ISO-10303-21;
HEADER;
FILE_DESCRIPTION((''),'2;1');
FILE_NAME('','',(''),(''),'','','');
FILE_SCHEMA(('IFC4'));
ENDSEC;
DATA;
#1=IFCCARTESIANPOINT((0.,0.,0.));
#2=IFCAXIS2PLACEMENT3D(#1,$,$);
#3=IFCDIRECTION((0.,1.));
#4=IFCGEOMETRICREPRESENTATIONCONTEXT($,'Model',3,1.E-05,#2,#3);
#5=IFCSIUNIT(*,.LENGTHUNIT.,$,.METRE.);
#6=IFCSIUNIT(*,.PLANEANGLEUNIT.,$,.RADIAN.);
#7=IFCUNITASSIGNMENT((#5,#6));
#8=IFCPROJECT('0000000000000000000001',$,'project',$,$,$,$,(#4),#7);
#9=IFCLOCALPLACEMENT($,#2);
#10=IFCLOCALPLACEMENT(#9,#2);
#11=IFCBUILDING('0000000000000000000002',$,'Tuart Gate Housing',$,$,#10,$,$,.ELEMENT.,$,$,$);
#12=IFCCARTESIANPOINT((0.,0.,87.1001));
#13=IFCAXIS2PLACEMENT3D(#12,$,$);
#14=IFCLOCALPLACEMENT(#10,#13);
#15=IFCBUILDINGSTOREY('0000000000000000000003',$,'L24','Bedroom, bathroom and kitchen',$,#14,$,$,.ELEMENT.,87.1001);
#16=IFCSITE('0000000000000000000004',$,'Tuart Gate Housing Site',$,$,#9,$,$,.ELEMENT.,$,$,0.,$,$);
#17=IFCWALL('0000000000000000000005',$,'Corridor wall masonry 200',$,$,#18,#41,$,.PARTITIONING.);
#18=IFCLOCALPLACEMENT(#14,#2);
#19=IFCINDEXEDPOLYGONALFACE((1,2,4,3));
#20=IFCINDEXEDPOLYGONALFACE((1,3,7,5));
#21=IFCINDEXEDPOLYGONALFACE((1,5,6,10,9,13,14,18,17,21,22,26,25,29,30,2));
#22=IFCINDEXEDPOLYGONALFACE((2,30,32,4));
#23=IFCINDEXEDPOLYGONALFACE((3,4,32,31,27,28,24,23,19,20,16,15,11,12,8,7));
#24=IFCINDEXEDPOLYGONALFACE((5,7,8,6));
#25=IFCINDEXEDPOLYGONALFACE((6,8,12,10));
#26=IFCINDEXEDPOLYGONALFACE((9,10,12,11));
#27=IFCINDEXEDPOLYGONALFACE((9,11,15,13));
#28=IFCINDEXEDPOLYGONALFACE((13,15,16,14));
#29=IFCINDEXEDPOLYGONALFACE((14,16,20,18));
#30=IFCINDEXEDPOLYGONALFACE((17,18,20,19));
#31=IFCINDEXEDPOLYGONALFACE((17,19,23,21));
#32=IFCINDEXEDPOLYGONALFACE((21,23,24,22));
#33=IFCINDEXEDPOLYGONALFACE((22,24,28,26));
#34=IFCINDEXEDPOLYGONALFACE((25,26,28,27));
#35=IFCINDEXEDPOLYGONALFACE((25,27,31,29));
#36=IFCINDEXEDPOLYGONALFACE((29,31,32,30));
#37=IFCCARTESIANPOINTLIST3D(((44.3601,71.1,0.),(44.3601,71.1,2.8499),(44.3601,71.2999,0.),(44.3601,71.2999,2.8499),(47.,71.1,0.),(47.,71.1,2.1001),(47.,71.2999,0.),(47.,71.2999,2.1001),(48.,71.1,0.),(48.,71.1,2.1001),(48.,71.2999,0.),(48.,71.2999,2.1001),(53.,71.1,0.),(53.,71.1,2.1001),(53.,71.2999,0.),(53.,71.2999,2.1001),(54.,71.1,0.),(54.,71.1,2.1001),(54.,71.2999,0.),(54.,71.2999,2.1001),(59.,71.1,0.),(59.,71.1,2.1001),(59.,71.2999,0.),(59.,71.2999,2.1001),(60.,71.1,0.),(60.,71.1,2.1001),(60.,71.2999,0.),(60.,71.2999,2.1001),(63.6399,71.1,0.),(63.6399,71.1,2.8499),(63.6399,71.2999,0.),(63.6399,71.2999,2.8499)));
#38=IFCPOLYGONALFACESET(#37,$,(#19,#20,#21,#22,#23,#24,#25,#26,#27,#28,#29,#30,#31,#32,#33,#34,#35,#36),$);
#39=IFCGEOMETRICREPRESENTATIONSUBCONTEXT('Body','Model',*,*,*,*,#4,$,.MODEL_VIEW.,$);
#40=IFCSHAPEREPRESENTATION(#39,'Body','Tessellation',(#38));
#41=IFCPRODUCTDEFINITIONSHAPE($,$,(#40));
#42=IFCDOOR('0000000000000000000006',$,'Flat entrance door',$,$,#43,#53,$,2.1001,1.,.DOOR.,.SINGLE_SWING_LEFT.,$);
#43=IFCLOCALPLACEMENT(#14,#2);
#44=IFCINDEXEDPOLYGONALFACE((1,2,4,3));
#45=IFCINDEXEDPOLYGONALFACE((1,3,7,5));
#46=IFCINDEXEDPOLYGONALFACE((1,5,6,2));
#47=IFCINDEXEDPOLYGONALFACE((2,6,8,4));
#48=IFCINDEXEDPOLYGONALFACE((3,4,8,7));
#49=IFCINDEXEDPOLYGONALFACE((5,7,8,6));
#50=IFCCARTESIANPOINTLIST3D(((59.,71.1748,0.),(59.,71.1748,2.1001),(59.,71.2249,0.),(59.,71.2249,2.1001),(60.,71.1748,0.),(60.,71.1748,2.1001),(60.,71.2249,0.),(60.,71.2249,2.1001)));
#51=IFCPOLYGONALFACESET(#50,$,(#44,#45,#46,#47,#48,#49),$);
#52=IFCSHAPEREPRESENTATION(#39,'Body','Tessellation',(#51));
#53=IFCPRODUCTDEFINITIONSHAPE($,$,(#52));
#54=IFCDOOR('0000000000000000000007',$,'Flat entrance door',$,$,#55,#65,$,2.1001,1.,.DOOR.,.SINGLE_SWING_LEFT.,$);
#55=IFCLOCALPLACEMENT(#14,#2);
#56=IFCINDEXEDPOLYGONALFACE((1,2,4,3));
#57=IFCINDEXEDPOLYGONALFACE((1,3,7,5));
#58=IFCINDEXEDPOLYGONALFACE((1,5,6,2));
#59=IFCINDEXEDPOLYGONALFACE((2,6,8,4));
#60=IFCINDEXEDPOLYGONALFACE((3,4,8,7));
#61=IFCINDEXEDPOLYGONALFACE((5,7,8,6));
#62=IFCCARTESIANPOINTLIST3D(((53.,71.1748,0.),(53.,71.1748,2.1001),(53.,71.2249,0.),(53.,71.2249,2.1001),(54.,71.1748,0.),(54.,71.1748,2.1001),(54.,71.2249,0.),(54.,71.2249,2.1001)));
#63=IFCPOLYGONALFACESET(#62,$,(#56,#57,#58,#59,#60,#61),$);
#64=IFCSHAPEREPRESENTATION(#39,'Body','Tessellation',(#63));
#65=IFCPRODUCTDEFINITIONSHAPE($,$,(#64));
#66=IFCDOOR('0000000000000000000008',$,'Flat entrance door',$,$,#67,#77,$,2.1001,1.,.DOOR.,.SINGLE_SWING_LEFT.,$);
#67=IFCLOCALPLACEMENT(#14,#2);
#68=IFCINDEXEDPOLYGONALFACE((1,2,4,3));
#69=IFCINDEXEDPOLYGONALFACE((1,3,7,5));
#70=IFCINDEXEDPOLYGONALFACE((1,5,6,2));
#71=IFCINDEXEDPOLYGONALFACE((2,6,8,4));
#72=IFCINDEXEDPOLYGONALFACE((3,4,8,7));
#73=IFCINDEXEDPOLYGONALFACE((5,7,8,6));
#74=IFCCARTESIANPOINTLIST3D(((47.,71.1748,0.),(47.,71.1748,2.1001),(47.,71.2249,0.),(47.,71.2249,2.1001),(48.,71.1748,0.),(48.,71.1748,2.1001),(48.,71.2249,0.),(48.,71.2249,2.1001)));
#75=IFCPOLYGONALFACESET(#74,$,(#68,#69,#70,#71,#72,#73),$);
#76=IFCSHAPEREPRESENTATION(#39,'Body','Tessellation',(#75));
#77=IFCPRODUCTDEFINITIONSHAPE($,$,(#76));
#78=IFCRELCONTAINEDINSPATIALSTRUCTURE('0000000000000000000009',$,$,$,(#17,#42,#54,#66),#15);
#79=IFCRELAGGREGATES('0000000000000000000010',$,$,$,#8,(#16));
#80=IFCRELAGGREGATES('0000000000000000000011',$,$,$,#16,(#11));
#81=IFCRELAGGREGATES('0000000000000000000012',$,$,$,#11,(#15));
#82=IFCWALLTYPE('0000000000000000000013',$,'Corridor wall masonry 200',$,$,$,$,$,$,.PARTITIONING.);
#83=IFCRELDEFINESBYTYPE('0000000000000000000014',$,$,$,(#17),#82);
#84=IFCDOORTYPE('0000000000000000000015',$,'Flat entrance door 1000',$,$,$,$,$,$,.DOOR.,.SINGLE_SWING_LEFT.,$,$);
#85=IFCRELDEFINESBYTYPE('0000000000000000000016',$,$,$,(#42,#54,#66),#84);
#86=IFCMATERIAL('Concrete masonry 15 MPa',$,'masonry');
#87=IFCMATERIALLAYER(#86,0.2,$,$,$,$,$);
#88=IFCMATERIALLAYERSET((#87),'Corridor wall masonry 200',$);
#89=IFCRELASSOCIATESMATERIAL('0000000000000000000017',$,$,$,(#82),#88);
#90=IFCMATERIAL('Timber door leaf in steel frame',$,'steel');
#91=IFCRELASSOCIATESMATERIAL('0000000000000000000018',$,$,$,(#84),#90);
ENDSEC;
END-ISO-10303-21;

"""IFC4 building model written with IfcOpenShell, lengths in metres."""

from ifc_helpers import new_model, si_unit, direction, frame, frame_2d, origin, place, context, subcontext, project, spatial, rectangle, extrude, material, layer, layer_set, type_object, element, fill, save


model = new_model("IFC4")

# Units and contexts
model_context = context("Model", 3, precision=1e-05, world=origin(), true_north=direction((0.0, 1.0)))
body_context = subcontext(model_context, "Body", "Model", "MODEL_VIEW")
ifc_project = project(units=[si_unit("LENGTHUNIT", "METRE"), si_unit("PLANEANGLEUNIT", "RADIAN")], contexts=[model_context])

# Site, building, storey
site_placement = place(None, origin())
site = spatial("IfcSite", under=ifc_project, at=site_placement, Name="Tuart Gate Housing Site", CompositionType="ELEMENT", RefElevation=0.0)
building_placement = place(site_placement, origin())
building = spatial("IfcBuilding", under=site, at=building_placement, Name="Tuart Gate Housing", CompositionType="ELEMENT")
storey_placement = place(building_placement, frame((0.0, 0.0, 87.1001)))
storey = spatial("IfcBuildingStorey", under=building, at=storey_placement, Name="L24", Description="Bedroom, bathroom and kitchen", CompositionType="ELEMENT", Elevation=87.1001)

# Wall, openings, doors
ifc_material_1 = material(Name="Concrete masonry 15 MPa", Category="masonry")
ifc_layer_1 = layer(ifc_material_1, 0.2)
ifc_layer_set_1 = layer_set([ifc_layer_1], Name="Corridor wall masonry 200")
wall_type_1 = type_object("IfcWallType", Name="Corridor wall masonry 200", PredefinedType="PARTITIONING", material=ifc_layer_set_1)
wall_1_placement = place(storey_placement, frame((44.3601, 71.2, 0.0), z_axis=(0.0, 0.0, 1.0), x_axis=(1.0, 0.0, 0.0)))
wall_1 = element("IfcWall", 1, at=wall_1_placement, inside=storey, type_object=wall_type_1, Name="Corridor wall masonry 200", PredefinedType="PARTITIONING", context=body_context, shape_type="SweptSolid", body=[
    extrude(rectangle(XDim=19.2798, YDim=0.2, at=frame_2d((9.6399, 0.0))), origin(), (0.0, 0.0, 1.0), 2.8499),
])
opening_1_placement = place(wall_1_placement, frame((14.6399, 0.0, 0.0)))
opening_1 = element("IfcOpeningElement", 2, at=opening_1_placement, cuts=wall_1, PredefinedType="OPENING", context=body_context, shape_type="SweptSolid", body=[
    extrude(rectangle(XDim=1.0, YDim=2.1001, at=frame_2d((0.5, 1.05))), frame((0.0, 0.1099, 0.0), z_axis=(0.0, -1.0, 0.0), x_axis=(1.0, 0.0, 0.0)), (0.0, 0.0, 1.0), 0.22),
])
opening_2_placement = place(wall_1_placement, frame((8.6399, 0.0, 0.0)))
opening_2 = element("IfcOpeningElement", 3, at=opening_2_placement, cuts=wall_1, PredefinedType="OPENING", context=body_context, shape_type="SweptSolid", body=[
    extrude(rectangle(XDim=1.0, YDim=2.1001, at=frame_2d((0.5, 1.05))), frame((0.0, 0.1099, 0.0), z_axis=(0.0, -1.0, 0.0), x_axis=(1.0, 0.0, 0.0)), (0.0, 0.0, 1.0), 0.22),
])
opening_3_placement = place(wall_1_placement, frame((2.6399, 0.0, 0.0)))
opening_3 = element("IfcOpeningElement", 4, at=opening_3_placement, cuts=wall_1, PredefinedType="OPENING", context=body_context, shape_type="SweptSolid", body=[
    extrude(rectangle(XDim=1.0, YDim=2.1001, at=frame_2d((0.5, 1.05))), frame((0.0, 0.1099, 0.0), z_axis=(0.0, -1.0, 0.0), x_axis=(1.0, 0.0, 0.0)), (0.0, 0.0, 1.0), 0.22),
])
ifc_material_2 = material(Name="Timber door leaf in steel frame", Category="steel")
door_type_1 = type_object("IfcDoorType", Name="Flat entrance door 1000", OperationType="SINGLE_SWING_LEFT", PredefinedType="DOOR", material=ifc_material_2)
door_1_placement = place(opening_1_placement, origin())
door_1 = element("IfcDoor", 5, at=door_1_placement, inside=storey, type_object=door_type_1, Name="Flat entrance door", OperationType="SINGLE_SWING_LEFT", OverallHeight=2.1001, OverallWidth=1.0, PredefinedType="DOOR", context=body_context, shape_type="SweptSolid", body=[
    extrude(rectangle(XDim=1.0, YDim=2.1001, at=frame_2d((0.5, 1.05))), frame((0.0, 0.0249, 0.0), z_axis=(0.0, -1.0, 0.0), x_axis=(1.0, 0.0, 0.0)), (0.0, 0.0, 1.0), 0.05),
])
fill(opening_1, door_1)
door_2_placement = place(opening_2_placement, origin())
door_2 = element("IfcDoor", 6, at=door_2_placement, inside=storey, type_object=door_type_1, Name="Flat entrance door", OperationType="SINGLE_SWING_LEFT", OverallHeight=2.1001, OverallWidth=1.0, PredefinedType="DOOR", context=body_context, shape_type="SweptSolid", body=[
    extrude(rectangle(XDim=1.0, YDim=2.1001, at=frame_2d((0.5, 1.05))), frame((0.0, 0.0249, 0.0), z_axis=(0.0, -1.0, 0.0), x_axis=(1.0, 0.0, 0.0)), (0.0, 0.0, 1.0), 0.05),
])
fill(opening_2, door_2)
door_3_placement = place(opening_3_placement, origin())
door_3 = element("IfcDoor", 7, at=door_3_placement, inside=storey, type_object=door_type_1, Name="Flat entrance door", OperationType="SINGLE_SWING_LEFT", OverallHeight=2.1001, OverallWidth=1.0, PredefinedType="DOOR", context=body_context, shape_type="SweptSolid", body=[
    extrude(rectangle(XDim=1.0, YDim=2.1001, at=frame_2d((0.5, 1.05))), frame((0.0, 0.0249, 0.0), z_axis=(0.0, -1.0, 0.0), x_axis=(1.0, 0.0, 0.0)), (0.0, 0.0, 1.0), 0.05),
])
fill(opening_3, door_3)

save(model, "model.ifc")
